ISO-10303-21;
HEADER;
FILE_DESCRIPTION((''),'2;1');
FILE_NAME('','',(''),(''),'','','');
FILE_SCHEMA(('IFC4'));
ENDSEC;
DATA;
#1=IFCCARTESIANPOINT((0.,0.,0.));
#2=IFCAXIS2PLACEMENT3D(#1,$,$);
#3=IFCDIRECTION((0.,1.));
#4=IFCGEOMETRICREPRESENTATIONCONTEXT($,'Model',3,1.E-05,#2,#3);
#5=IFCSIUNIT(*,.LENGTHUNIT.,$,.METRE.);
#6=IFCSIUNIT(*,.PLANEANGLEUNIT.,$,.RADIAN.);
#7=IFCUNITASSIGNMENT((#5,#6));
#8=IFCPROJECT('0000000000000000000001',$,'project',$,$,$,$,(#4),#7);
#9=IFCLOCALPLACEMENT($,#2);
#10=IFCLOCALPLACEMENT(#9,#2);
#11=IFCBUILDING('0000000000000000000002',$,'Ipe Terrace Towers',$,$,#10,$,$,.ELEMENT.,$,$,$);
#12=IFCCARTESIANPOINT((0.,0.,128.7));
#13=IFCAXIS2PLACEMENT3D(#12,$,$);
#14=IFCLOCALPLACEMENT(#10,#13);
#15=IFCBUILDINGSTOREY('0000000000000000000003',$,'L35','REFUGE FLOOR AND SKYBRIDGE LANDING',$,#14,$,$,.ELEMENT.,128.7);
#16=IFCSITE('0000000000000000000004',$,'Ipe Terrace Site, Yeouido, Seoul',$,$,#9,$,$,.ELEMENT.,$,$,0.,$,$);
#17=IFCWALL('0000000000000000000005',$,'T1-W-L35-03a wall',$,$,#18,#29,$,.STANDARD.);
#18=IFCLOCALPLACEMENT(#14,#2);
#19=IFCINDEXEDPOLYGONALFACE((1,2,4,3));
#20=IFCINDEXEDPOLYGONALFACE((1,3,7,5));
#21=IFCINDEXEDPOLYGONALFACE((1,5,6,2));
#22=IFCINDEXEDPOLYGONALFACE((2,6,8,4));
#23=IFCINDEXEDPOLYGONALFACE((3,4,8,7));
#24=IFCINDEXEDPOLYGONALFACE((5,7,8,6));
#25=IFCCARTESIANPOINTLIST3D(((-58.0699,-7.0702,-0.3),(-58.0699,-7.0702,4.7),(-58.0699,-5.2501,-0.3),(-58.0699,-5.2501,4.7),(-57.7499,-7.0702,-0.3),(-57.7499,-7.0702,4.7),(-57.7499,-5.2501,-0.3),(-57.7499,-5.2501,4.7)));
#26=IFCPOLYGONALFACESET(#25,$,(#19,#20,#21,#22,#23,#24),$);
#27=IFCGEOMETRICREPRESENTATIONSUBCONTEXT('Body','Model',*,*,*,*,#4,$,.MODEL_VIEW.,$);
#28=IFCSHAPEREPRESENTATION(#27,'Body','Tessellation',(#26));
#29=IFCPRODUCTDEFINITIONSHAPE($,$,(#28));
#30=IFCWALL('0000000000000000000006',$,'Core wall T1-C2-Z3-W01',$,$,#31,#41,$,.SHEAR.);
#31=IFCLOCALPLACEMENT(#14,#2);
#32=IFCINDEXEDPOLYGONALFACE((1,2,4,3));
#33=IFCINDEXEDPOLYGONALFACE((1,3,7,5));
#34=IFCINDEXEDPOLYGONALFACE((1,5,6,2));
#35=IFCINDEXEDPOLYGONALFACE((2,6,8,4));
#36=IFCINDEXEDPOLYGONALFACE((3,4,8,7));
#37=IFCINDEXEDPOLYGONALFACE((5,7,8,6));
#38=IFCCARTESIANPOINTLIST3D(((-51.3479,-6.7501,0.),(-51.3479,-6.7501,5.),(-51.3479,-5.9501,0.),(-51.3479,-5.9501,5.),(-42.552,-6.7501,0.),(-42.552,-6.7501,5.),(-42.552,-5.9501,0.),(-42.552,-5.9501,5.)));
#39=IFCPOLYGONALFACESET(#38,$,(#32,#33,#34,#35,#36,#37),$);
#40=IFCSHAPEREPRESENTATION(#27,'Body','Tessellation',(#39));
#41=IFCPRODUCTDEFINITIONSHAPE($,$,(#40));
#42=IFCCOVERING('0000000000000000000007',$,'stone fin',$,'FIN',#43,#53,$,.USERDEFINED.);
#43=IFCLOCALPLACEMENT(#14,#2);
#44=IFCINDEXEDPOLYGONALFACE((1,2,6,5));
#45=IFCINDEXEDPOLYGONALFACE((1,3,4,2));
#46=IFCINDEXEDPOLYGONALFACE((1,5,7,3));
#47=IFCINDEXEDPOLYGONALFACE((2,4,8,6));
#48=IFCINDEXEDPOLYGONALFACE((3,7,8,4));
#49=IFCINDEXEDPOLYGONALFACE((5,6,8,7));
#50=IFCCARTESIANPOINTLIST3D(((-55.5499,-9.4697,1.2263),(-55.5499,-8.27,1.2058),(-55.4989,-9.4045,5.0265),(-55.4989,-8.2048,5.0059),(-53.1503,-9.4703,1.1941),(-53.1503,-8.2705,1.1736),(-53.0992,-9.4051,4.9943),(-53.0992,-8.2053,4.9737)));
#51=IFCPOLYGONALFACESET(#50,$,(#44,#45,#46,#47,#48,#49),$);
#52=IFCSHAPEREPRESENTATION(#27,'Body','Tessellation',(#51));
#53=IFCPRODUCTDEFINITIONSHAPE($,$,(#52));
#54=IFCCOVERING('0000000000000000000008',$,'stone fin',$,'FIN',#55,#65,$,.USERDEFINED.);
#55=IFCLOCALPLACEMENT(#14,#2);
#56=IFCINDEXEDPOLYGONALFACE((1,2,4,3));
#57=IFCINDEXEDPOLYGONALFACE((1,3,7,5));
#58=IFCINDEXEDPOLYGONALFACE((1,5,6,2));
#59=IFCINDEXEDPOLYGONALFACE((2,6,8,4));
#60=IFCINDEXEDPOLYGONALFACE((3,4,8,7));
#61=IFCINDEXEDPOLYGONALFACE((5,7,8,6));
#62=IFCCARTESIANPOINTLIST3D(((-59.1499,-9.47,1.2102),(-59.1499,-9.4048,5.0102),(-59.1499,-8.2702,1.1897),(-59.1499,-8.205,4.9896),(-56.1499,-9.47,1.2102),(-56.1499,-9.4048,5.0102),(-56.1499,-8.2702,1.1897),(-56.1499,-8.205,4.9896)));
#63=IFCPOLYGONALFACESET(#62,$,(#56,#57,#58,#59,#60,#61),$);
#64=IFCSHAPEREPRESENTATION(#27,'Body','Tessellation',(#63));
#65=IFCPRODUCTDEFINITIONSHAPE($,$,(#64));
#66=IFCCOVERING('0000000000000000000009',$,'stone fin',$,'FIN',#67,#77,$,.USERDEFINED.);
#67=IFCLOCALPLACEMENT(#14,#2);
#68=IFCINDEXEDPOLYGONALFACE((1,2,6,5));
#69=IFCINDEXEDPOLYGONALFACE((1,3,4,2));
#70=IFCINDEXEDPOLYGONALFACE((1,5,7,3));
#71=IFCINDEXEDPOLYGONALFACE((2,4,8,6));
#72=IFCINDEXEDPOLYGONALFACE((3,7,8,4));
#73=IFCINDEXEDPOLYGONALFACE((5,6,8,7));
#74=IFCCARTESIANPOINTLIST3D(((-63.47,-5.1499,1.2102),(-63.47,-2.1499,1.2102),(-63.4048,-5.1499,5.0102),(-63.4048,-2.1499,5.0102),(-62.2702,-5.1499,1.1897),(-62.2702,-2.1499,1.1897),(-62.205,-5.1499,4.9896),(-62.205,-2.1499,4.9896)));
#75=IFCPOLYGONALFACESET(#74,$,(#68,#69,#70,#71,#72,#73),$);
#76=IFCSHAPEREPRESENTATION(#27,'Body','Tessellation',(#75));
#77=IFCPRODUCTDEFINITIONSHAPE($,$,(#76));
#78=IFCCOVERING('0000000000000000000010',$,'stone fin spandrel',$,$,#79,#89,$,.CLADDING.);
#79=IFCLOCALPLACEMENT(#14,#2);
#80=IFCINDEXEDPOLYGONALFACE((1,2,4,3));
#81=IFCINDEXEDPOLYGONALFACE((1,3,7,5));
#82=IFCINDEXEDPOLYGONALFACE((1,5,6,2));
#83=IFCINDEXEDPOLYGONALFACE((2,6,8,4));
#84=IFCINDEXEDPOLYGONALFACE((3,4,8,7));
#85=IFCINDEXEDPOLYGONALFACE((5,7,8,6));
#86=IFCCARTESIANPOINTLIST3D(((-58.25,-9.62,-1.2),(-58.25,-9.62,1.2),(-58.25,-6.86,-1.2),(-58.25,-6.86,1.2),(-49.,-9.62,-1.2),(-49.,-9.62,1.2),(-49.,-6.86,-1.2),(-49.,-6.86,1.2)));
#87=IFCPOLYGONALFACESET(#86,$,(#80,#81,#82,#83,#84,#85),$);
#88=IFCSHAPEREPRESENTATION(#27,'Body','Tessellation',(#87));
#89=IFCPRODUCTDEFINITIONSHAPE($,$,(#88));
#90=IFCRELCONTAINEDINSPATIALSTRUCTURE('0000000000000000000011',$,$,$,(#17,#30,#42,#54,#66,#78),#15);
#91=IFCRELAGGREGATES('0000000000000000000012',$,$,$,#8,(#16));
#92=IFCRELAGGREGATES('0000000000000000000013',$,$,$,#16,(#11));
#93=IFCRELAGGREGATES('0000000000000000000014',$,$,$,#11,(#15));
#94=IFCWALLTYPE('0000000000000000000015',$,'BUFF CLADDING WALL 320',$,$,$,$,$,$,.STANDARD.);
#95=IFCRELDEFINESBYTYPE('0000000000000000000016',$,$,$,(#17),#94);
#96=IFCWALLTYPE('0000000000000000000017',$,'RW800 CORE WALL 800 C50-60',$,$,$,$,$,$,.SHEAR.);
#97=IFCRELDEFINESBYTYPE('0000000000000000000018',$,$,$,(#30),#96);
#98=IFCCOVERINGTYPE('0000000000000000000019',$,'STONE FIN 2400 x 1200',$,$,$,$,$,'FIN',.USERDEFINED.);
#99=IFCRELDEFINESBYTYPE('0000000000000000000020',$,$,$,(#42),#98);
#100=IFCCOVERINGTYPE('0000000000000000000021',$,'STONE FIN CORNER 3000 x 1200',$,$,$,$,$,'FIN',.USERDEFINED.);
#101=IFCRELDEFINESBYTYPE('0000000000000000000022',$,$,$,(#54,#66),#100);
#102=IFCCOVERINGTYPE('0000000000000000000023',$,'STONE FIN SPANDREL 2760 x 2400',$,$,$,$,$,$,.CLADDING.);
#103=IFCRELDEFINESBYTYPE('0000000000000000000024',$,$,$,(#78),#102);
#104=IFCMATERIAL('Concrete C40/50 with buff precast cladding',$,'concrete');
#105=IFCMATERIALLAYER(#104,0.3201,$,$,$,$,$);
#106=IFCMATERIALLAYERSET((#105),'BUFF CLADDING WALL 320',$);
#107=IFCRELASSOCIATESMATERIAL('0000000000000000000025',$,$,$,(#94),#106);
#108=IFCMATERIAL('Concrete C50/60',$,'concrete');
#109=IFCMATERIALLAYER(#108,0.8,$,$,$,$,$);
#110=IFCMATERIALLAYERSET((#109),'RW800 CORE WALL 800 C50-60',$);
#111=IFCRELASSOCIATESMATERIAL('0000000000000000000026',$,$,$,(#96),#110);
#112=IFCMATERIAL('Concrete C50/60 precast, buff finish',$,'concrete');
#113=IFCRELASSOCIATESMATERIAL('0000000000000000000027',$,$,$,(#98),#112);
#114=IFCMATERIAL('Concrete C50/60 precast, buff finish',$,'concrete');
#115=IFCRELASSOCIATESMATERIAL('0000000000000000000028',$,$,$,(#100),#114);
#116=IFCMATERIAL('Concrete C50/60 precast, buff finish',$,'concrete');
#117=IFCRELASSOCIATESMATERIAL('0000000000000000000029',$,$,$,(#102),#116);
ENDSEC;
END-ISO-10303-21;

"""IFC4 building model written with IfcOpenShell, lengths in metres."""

from ifc_helpers import new_model, si_unit, direction, frame, frame_2d, origin, origin_2d, place, context, subcontext, project, spatial, rectangle, extrude, material, layer, layer_set, material_profile, profile_set, type_object, element, save


model = new_model("IFC4")

# Units and contexts
model_context = context("Model", 3, precision=1e-05, world=origin(), true_north=direction((0.0, 1.0)))
body_context = subcontext(model_context, "Body", "Model", "MODEL_VIEW")
ifc_project = project(units=[si_unit("LENGTHUNIT", "METRE"), si_unit("PLANEANGLEUNIT", "RADIAN")], contexts=[model_context])

# Site, building, storey
site_placement = place(None, origin())
site = spatial("IfcSite", under=ifc_project, at=site_placement, Name="Ipe Terrace Site, Yeouido, Seoul", CompositionType="ELEMENT", RefElevation=0.0)
building_placement = place(site_placement, origin())
building = spatial("IfcBuilding", under=site, at=building_placement, Name="Ipe Terrace Towers", CompositionType="ELEMENT")
storey_placement = place(building_placement, frame((0.0, 0.0, 128.7)))
storey = spatial("IfcBuildingStorey", under=building, at=storey_placement, Name="L35", Description="REFUGE FLOOR AND SKYBRIDGE LANDING", CompositionType="ELEMENT", Elevation=128.7)

# Walls
ifc_material_1 = material(Name="Concrete C40/50 with buff precast cladding", Category="concrete")
ifc_layer_1 = layer(ifc_material_1, 0.3201)
ifc_layer_set_1 = layer_set([ifc_layer_1], Name="BUFF CLADDING WALL 320")
wall_type_1 = type_object("IfcWallType", Name="BUFF CLADDING WALL 320", PredefinedType="STANDARD", material=ifc_layer_set_1)
wall_1_placement = place(storey_placement, frame((-57.9099, -5.25, -0.3), z_axis=(0.0, 0.0, 1.0), x_axis=(0.0, -1.0, 0.0)))
element("IfcWall", 1, at=wall_1_placement, inside=storey, type_object=wall_type_1, Name="T1-W-L35-03a wall", PredefinedType="STANDARD", context=body_context, shape_type="SweptSolid", body=[
    extrude(rectangle(XDim=1.8201, YDim=0.3201, at=frame_2d((0.9102, 0.0))), origin(), (0.0, 0.0, 1.0), 5.0),
])
ifc_material_2 = material(Name="Concrete C50/60", Category="concrete")
ifc_layer_2 = layer(ifc_material_2, 0.8)
ifc_layer_set_2 = layer_set([ifc_layer_2], Name="RW800 CORE WALL 800 C50-60")
wall_type_2 = type_object("IfcWallType", Name="RW800 CORE WALL 800 C50-60", PredefinedType="SHEAR", material=ifc_layer_set_2)
wall_2_placement = place(storey_placement, frame((-51.3479, -6.3501, 0.0), z_axis=(0.0, 0.0, 1.0), x_axis=(1.0, 0.0, 0.0)))
element("IfcWall", 2, at=wall_2_placement, inside=storey, type_object=wall_type_2, Name="Core wall T1-C2-Z3-W01", PredefinedType="SHEAR", context=body_context, shape_type="SweptSolid", body=[
    extrude(rectangle(XDim=8.7959, YDim=0.8, at=frame_2d((4.3979, 0.0))), origin(), (0.0, 0.0, 1.0), 5.0),
])

# Coverings
ifc_material_3 = material(Name="Concrete C50/60 precast, buff finish", Category="concrete")
ifc_material_profile_1 = material_profile(ifc_material_3, rectangle(XDim=2.3999, YDim=1.2, at=origin_2d()), Name="STONE FIN 2400 x 1200")
ifc_profile_set_1 = profile_set([ifc_material_profile_1], Name="Concrete C50/60 precast, buff finish")
covering_type_1 = type_object("IfcCoveringType", Name="STONE FIN 2400 x 1200", ElementType="FIN", PredefinedType="USERDEFINED", material=ifc_profile_set_1)
covering_1_placement = place(storey_placement, frame((-54.3501, -8.8701, 1.2), z_axis=(0.013424, 0.01715, 0.999763), x_axis=(0.99991, -0.00023, -0.013422)))
element("IfcCovering", 3, at=covering_1_placement, inside=storey, type_object=covering_type_1, Name="stone fin", ObjectType="FIN", PredefinedType="USERDEFINED", context=body_context, shape_type="SweptSolid", body=[
    extrude(rectangle(XDim=2.3999, YDim=1.2, at=origin_2d()), origin(), (0.0, 0.0, 1.0), 3.801),
])
ifc_material_4 = material(Name="Concrete C50/60 precast, buff finish", Category="concrete")
ifc_material_profile_2 = material_profile(ifc_material_4, rectangle(XDim=3.0, YDim=1.2, at=origin_2d()), Name="STONE FIN CORNER 3000 x 1200")
ifc_profile_set_2 = profile_set([ifc_material_profile_2], Name="Concrete C50/60 precast, buff finish")
covering_type_2 = type_object("IfcCoveringType", Name="STONE FIN CORNER 3000 x 1200", ElementType="FIN", PredefinedType="USERDEFINED", material=ifc_profile_set_2)
for number, where, z_axis, x_axis, name in (
    (4, (-57.6499, -8.8701, 1.2), (0.0, 0.017151, 0.999853), (1.0, 0.0, 0.0), "stone fin"),
    (5, (-62.8701, -3.6499, 1.2), (0.017151, 0.0, 0.999853), (0.0, -1.0, 0.0), "stone fin"),
):
    element("IfcCovering", number, at=place(storey_placement, frame(where, z_axis=z_axis, x_axis=x_axis)), inside=storey, type_object=covering_type_2, Name=name, ObjectType="FIN", PredefinedType="USERDEFINED", context=body_context, shape_type="SweptSolid", body=[
        extrude(rectangle(XDim=3.0, YDim=1.2, at=origin_2d()), origin(), (0.0, 0.0, 1.0), 3.8005),
    ])
ifc_material_5 = material(Name="Concrete C50/60 precast, buff finish", Category="concrete")
ifc_material_profile_3 = material_profile(ifc_material_5, rectangle(XDim=2.76, YDim=2.3999, at=origin_2d()), Name="STONE FIN SPANDREL 2760 x 2400")
ifc_profile_set_3 = profile_set([ifc_material_profile_3], Name="Concrete C50/60 precast, buff finish")
covering_type_3 = type_object("IfcCoveringType", Name="STONE FIN SPANDREL 2760 x 2400", PredefinedType="CLADDING", material=ifc_profile_set_3)
covering_2_placement = place(storey_placement, frame((-58.25, -8.24, 0.0), z_axis=(1.0, 0.0, 0.0), x_axis=(0.0, -1.0, 0.0)))
element("IfcCovering", 6, at=covering_2_placement, inside=storey, type_object=covering_type_3, Name="stone fin spandrel", PredefinedType="CLADDING", context=body_context, shape_type="SweptSolid", body=[
    extrude(rectangle(XDim=2.76, YDim=2.3999, at=origin_2d()), origin(), (0.0, 0.0, 1.0), 9.25),
])

save(model, "model.ifc")
